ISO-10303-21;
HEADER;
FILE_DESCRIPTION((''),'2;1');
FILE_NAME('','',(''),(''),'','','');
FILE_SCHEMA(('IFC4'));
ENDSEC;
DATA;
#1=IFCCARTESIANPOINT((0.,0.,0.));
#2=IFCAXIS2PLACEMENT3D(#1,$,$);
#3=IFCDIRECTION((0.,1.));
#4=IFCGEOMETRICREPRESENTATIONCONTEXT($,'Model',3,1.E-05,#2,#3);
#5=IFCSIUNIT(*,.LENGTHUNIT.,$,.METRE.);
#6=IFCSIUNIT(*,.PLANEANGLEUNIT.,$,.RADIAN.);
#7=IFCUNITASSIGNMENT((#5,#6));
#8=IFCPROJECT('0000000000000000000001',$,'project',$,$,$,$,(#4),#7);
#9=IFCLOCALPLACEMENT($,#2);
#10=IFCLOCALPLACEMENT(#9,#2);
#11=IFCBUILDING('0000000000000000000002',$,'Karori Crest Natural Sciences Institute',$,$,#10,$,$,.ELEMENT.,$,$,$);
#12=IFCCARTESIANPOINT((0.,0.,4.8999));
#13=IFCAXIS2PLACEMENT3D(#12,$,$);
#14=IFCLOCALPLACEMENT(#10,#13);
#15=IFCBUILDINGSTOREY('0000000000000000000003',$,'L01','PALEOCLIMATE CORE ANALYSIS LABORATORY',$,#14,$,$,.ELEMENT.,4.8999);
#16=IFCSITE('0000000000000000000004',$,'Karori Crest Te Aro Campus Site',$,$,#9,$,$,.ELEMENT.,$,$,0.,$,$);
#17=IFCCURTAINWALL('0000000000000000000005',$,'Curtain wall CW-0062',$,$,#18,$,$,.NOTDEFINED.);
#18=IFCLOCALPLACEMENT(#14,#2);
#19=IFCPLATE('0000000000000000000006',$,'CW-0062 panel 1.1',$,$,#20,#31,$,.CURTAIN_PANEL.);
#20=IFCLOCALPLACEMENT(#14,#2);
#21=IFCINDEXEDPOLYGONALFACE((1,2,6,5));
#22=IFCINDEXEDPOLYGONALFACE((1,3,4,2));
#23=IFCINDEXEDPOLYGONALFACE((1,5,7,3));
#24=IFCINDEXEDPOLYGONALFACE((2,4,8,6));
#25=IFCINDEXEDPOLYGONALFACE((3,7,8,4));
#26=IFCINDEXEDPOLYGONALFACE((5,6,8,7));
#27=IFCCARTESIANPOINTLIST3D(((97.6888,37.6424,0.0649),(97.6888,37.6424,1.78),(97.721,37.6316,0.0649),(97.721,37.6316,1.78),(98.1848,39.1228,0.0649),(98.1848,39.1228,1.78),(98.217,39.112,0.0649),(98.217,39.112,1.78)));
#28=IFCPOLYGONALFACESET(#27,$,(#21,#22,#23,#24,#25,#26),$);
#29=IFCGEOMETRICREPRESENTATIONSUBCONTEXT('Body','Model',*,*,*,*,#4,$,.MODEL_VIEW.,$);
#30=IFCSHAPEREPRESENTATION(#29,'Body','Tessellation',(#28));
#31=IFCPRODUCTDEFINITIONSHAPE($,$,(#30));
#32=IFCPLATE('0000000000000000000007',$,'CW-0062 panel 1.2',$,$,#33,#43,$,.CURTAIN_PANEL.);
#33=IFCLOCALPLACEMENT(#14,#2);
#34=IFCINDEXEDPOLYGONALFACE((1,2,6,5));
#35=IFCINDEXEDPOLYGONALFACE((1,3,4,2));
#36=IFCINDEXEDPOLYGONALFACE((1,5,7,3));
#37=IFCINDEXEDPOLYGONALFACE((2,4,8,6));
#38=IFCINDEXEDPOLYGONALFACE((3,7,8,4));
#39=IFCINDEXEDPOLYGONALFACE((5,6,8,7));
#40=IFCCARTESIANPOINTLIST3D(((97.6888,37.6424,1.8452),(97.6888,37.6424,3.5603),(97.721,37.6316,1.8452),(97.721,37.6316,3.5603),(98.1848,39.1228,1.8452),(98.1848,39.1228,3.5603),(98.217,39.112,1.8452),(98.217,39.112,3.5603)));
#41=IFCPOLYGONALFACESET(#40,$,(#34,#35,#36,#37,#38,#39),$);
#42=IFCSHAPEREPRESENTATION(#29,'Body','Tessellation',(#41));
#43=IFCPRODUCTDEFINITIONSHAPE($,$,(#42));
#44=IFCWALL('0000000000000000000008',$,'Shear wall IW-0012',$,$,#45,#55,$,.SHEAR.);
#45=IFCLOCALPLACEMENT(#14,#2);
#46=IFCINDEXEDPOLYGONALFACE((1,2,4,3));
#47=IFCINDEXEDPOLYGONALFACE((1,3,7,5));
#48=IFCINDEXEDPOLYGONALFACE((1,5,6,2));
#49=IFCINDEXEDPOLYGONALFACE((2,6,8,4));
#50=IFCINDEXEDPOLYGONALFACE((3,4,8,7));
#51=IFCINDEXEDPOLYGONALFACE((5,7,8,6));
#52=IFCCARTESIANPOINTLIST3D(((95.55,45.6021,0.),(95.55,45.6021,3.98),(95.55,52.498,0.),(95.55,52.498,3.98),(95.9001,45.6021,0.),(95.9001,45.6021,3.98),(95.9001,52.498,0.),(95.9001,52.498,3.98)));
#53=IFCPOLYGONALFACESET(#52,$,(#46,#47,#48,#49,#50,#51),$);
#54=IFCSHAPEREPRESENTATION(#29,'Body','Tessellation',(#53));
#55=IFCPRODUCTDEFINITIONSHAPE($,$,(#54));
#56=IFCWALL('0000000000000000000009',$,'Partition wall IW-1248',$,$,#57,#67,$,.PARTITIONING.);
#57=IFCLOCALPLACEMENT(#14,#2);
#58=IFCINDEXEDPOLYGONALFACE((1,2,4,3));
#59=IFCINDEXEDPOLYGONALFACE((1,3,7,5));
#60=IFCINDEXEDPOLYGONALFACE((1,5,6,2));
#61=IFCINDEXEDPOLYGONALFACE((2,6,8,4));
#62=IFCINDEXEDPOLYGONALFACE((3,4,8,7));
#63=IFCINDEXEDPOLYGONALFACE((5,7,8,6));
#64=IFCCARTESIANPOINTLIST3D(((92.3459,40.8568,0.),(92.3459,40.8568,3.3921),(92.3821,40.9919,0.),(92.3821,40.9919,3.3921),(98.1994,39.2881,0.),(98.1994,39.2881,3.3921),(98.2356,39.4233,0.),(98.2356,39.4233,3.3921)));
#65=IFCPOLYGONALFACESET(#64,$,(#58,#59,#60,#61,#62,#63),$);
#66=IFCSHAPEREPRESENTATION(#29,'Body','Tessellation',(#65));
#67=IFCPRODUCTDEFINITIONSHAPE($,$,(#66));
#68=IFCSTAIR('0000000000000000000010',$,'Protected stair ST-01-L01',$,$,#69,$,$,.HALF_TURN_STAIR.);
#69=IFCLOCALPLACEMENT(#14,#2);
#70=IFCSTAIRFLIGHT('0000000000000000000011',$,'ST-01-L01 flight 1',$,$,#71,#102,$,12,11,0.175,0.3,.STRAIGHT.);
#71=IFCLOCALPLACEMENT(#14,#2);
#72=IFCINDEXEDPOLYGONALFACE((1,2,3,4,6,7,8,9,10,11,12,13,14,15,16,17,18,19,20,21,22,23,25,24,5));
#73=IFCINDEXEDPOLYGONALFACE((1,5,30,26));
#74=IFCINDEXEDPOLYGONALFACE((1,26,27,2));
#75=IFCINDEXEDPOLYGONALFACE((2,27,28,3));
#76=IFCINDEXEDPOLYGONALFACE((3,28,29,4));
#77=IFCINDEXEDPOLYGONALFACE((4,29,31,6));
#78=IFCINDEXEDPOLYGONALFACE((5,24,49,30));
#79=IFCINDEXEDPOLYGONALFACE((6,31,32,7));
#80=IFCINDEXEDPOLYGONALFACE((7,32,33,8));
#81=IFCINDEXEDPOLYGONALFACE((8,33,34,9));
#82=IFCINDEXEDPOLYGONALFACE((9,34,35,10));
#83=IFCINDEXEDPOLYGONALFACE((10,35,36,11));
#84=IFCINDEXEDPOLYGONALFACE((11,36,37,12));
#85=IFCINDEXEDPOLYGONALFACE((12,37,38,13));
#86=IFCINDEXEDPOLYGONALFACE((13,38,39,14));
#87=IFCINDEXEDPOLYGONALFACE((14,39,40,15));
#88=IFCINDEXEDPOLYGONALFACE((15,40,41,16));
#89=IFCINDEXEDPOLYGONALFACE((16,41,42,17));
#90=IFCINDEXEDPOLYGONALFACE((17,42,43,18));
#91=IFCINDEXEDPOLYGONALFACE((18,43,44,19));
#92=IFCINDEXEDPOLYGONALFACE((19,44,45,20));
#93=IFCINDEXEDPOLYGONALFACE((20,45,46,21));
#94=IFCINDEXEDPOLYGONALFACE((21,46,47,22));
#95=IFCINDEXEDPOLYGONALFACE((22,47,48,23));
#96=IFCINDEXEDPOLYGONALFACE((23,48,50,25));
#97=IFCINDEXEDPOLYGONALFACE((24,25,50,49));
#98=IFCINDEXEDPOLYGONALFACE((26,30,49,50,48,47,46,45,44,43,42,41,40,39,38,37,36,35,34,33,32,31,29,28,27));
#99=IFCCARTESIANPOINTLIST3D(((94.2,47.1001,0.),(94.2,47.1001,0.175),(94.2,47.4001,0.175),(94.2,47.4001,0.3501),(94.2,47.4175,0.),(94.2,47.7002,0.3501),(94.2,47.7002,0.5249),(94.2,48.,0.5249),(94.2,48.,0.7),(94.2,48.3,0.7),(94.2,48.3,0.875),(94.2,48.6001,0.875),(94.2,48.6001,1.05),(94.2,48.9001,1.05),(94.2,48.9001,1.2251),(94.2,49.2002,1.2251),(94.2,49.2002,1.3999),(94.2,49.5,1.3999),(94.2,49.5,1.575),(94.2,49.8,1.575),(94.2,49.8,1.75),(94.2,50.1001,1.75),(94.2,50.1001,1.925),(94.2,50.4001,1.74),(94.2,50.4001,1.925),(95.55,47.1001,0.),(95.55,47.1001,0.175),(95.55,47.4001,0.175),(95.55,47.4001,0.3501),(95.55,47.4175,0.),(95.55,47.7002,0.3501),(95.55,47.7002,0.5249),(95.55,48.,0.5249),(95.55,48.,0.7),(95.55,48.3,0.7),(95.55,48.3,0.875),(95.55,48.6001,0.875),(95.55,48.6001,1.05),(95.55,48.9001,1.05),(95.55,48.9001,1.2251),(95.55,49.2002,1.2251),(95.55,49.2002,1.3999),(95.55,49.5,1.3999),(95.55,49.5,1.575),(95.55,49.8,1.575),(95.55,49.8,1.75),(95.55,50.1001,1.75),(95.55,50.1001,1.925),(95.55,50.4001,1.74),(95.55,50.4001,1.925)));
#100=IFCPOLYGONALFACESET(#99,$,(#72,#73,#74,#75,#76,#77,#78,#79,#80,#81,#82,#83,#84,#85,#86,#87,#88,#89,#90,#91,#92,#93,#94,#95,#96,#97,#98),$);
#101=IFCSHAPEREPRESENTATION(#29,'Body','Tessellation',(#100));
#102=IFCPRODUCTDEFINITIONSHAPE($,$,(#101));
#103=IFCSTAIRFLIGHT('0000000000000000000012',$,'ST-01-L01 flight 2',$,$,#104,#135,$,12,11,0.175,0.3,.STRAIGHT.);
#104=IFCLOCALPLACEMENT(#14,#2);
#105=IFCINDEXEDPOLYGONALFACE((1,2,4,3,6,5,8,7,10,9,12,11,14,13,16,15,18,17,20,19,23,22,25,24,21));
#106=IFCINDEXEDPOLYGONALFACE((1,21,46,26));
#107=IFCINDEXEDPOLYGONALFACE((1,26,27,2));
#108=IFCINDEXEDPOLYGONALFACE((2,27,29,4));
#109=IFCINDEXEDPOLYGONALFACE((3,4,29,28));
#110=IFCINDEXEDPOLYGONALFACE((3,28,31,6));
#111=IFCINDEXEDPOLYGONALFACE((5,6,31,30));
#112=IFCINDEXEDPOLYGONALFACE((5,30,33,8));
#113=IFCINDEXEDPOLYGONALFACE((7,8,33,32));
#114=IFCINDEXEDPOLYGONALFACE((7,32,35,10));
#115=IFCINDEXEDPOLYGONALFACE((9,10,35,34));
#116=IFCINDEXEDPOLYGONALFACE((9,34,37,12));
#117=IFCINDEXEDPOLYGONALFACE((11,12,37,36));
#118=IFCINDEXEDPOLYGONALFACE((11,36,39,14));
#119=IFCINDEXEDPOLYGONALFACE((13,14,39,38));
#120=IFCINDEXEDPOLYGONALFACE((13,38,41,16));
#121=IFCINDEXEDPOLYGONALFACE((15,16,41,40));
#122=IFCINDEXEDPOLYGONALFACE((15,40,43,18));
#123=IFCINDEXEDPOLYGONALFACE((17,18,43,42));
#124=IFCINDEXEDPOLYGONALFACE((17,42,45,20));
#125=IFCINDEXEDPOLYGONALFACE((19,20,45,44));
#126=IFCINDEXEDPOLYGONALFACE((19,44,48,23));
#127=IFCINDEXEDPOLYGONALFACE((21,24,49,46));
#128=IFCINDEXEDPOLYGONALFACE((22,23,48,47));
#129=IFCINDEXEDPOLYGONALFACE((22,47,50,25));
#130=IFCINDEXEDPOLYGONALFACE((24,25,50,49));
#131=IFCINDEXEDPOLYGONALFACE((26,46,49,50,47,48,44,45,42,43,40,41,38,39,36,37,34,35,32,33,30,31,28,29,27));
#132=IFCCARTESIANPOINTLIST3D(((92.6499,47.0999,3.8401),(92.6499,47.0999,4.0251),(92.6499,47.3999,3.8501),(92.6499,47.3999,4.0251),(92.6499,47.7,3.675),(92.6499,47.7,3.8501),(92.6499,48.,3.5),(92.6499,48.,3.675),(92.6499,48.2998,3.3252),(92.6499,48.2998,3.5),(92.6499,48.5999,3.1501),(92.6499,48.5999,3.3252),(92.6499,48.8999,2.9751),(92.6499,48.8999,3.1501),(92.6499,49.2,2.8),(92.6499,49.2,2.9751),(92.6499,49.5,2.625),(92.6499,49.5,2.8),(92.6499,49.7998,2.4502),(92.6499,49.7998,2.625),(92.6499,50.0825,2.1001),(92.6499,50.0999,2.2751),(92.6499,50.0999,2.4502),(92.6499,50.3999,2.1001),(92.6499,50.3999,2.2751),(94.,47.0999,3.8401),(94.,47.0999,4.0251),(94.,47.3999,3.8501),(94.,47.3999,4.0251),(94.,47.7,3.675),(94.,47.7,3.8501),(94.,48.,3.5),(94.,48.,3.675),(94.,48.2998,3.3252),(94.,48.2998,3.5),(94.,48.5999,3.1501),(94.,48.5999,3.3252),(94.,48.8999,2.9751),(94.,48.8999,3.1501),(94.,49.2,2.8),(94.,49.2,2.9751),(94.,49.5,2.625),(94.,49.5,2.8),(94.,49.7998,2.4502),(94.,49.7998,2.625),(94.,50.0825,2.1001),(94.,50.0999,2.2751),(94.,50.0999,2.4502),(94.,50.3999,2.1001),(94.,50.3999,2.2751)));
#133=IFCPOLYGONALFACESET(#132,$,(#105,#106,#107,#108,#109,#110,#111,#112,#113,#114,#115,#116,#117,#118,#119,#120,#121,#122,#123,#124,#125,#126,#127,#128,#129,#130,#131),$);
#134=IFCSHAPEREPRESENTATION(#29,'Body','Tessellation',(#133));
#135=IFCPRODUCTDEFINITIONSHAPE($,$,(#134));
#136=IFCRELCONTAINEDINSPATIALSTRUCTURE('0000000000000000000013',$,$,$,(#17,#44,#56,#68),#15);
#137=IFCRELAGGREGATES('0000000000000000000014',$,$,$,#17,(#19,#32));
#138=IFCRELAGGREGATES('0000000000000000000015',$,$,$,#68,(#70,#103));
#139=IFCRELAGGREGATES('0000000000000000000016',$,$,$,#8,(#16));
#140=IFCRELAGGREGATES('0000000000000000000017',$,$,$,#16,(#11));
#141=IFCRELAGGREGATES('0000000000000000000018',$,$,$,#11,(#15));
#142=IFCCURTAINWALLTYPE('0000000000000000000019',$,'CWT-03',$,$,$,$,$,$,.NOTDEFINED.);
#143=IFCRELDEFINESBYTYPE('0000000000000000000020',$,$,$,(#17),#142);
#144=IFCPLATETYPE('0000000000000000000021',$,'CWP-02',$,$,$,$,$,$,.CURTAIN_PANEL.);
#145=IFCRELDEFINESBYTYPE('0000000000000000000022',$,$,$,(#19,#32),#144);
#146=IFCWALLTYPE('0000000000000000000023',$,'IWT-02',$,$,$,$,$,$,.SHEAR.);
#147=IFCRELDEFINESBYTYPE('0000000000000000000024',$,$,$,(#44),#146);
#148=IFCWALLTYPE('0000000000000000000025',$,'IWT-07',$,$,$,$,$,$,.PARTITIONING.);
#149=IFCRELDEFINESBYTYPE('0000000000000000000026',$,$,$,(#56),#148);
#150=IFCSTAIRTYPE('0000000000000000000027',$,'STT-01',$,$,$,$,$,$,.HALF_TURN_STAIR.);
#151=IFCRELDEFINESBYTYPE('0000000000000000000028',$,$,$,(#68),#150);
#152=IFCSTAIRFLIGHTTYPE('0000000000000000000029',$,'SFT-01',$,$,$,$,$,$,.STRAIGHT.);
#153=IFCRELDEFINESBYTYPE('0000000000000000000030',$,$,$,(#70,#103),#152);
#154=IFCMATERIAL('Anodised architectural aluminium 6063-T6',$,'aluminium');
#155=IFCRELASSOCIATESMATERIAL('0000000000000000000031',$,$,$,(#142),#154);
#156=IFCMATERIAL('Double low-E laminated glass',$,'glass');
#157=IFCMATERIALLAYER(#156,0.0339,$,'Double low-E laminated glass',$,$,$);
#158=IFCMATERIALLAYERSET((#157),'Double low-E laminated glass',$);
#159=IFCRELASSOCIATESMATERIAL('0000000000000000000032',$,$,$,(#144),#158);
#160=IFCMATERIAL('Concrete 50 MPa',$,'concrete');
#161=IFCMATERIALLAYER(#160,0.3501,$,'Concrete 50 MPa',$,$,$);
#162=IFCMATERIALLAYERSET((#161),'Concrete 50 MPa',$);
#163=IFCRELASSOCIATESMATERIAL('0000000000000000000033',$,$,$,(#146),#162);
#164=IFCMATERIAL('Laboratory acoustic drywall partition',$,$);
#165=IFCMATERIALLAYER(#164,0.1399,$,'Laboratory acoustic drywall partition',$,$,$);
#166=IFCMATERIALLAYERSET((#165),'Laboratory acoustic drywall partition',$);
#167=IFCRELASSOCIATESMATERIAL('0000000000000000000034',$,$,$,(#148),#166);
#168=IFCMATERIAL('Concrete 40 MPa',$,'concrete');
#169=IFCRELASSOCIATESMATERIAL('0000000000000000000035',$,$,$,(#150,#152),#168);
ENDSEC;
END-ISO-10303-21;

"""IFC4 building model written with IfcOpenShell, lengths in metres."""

from ifc_helpers import new_model, si_unit, direction, frame, frame_2d, origin, origin_2d, place, context, subcontext, project, spatial, polyline, rectangle, outline, extrude, material, layer, layer_set, type_object, element, aggregate, save


model = new_model("IFC4")

# Units and contexts
model_context = context("Model", 3, precision=1e-05, world=origin(), true_north=direction((0.0, 1.0)))
body_context = subcontext(model_context, "Body", "Model", "MODEL_VIEW")
ifc_project = project(units=[si_unit("LENGTHUNIT", "METRE"), si_unit("PLANEANGLEUNIT", "RADIAN")], contexts=[model_context])

# Site, building, storey
site_placement = place(None, origin())
site = spatial("IfcSite", under=ifc_project, at=site_placement, Name="Karori Crest Te Aro Campus Site", CompositionType="ELEMENT", RefElevation=0.0)
building_placement = place(site_placement, origin())
building = spatial("IfcBuilding", under=site, at=building_placement, Name="Karori Crest Natural Sciences Institute", CompositionType="ELEMENT")
storey_placement = place(building_placement, frame((0.0, 0.0, 4.8999)))
storey = spatial("IfcBuildingStorey", under=building, at=storey_placement, Name="L01", Description="PALEOCLIMATE CORE ANALYSIS LABORATORY", CompositionType="ELEMENT", Elevation=4.8999)

# Curtain wall
ifc_material_1 = material(Name="Anodised architectural aluminium 6063-T6", Category="aluminium")
curtain_wall_type_1 = type_object("IfcCurtainWallType", Name="CWT-03", PredefinedType="NOTDEFINED", material=ifc_material_1)
curtain_wall_1_placement = place(storey_placement, origin())
curtain_wall_1 = element("IfcCurtainWall", 1, at=curtain_wall_1_placement, inside=storey, type_object=curtain_wall_type_1, Name="Curtain wall CW-0062", PredefinedType="NOTDEFINED")

# Plates
ifc_material_2 = material(Name="Double low-E laminated glass", Category="glass")
ifc_layer_1 = layer(ifc_material_2, 0.0339, Name="Double low-E laminated glass")
ifc_layer_set_1 = layer_set([ifc_layer_1], Name="Double low-E laminated glass")
plate_type = type_object("IfcPlateType", Name="CWP-02", PredefinedType="CURTAIN_PANEL", material=ifc_layer_set_1)
plate_1_placement = place(storey_placement, frame((97.9529, 38.3772, 0.0649), z_axis=(0.0, 0.0, 1.0), x_axis=(-0.317685, -0.948196, 0.0)))
plate_1 = element("IfcPlate", 2, at=plate_1_placement, type_object=plate_type, Name="CW-0062 panel 1.1", PredefinedType="CURTAIN_PANEL", context=body_context, shape_type="SweptSolid", body=[
    extrude(rectangle(XDim=1.5613, YDim=0.0339, at=origin_2d()), origin(), (0.0, 0.0, 1.0), 1.7151),
])
plate_2_placement = place(storey_placement, frame((97.9529, 38.3772, 1.8452), z_axis=(0.0, 0.0, 1.0), x_axis=(-0.317685, -0.948196, 0.0)))
plate_2 = element("IfcPlate", 3, at=plate_2_placement, type_object=plate_type, Name="CW-0062 panel 1.2", PredefinedType="CURTAIN_PANEL", context=body_context, shape_type="SweptSolid", body=[
    extrude(rectangle(XDim=1.5613, YDim=0.0339, at=origin_2d()), origin(), (0.0, 0.0, 1.0), 1.7151),
])
aggregate(curtain_wall_1, [plate_1, plate_2])

# Shared definitions
ifc_material_3 = material(Name="Concrete 50 MPa", Category="concrete")
ifc_layer_2 = layer(ifc_material_3, 0.3501, Name="Concrete 50 MPa")
ifc_layer_set_2 = layer_set([ifc_layer_2], Name="Concrete 50 MPa")
wall_type_1 = type_object("IfcWallType", Name="IWT-02", PredefinedType="SHEAR", material=ifc_layer_set_2)

# Walls
wall_1_placement = place(storey_placement, frame((95.7251, 45.6021, 0.0), z_axis=(0.0, 0.0, 1.0), x_axis=(0.0, 1.0, 0.0)))
element("IfcWall", 4, at=wall_1_placement, inside=storey, type_object=wall_type_1, Name="Shear wall IW-0012", PredefinedType="SHEAR", context=body_context, shape_type="SweptSolid", body=[
    extrude(rectangle(XDim=6.896, YDim=0.3501, at=frame_2d((3.448, 0.0))), origin(), (0.0, 0.0, 1.0), 3.98),
])
ifc_material_4 = material(Name="Laboratory acoustic drywall partition")
ifc_layer_3 = layer(ifc_material_4, 0.1399, Name="Laboratory acoustic drywall partition")
ifc_layer_set_3 = layer_set([ifc_layer_3], Name="Laboratory acoustic drywall partition")
wall_type_2 = type_object("IfcWallType", Name="IWT-07", PredefinedType="PARTITIONING", material=ifc_layer_set_3)
wall_2_placement = place(storey_placement, frame((92.364, 40.9243, 0.0), z_axis=(0.0, 0.0, 1.0), x_axis=(0.965919, -0.258843, 0.0)))
element("IfcWall", 5, at=wall_2_placement, inside=storey, type_object=wall_type_2, Name="Partition wall IW-1248", PredefinedType="PARTITIONING", context=body_context, shape_type="SweptSolid", body=[
    extrude(rectangle(XDim=6.0601, YDim=0.1399, at=frame_2d((3.03, 0.0))), origin(), (0.0, 0.0, 1.0), 3.3921),
])

# Stair, stair flights
ifc_material_5 = material(Name="Concrete 40 MPa", Category="concrete")
stair_type = type_object("IfcStairType", Name="STT-01", PredefinedType="HALF_TURN_STAIR", material=ifc_material_5)
stair_placement = place(storey_placement, origin())
stair = element("IfcStair", 6, at=stair_placement, inside=storey, type_object=stair_type, Name="Protected stair ST-01-L01", PredefinedType="HALF_TURN_STAIR")
stair_flight_type = type_object("IfcStairFlightType", Name="SFT-01", PredefinedType="STRAIGHT", material=ifc_material_5)
stair_flight_1_placement = place(storey_placement, frame((94.875, 47.1001, 0.0), z_axis=(0.0, 0.0, 1.0), x_axis=(0.0, 1.0, 0.0)))
stair_flight_1 = element("IfcStairFlight", 7, at=stair_flight_1_placement, type_object=stair_flight_type, Name="ST-01-L01 flight 1", NumberOfRisers=12, NumberOfTreads=11, PredefinedType="STRAIGHT", RiserHeight=0.175, TreadLength=0.3, context=body_context, shape_type="SweptSolid", body=[
    extrude(outline(polyline([(0.0, 0.0), (0.0, 0.175), (0.3, 0.175), (0.3, 0.3501), (0.6001, 0.3501), (0.6001, 0.5249), (0.8999, 0.5249), (0.8999, 0.7), (1.2, 0.7), (1.2, 0.875), (1.5, 0.875), (1.5, 1.05), (1.8, 1.05), (1.8, 1.2251), (2.1001, 1.2251), (2.1001, 1.3999), (2.3999, 1.3999), (2.3999, 1.575), (2.7, 1.575), (2.7, 1.75), (3.0, 1.75), (3.0, 1.925), (3.3, 1.925), (3.3, 2.1001), (3.3, 1.74), (0.3174, 0.0), (0.0, 0.0)])), frame((0.0, 0.675, 0.0), z_axis=(0.0, -1.0, 0.0), x_axis=(1.0, 0.0, 0.0)), (0.0, 0.0, 1.0), 1.3501),
])
stair_flight_2_placement = place(storey_placement, frame((93.325, 50.3999, 2.1001), z_axis=(0.0, 0.0, 1.0), x_axis=(0.0, -1.0, 0.0)))
stair_flight_2 = element("IfcStairFlight", 8, at=stair_flight_2_placement, type_object=stair_flight_type, Name="ST-01-L01 flight 2", NumberOfRisers=12, NumberOfTreads=11, PredefinedType="STRAIGHT", RiserHeight=0.175, TreadLength=0.3, context=body_context, shape_type="SweptSolid", body=[
    extrude(outline(polyline([(0.0, 0.0), (0.0, 0.175), (0.3, 0.175), (0.3, 0.3501), (0.6001, 0.3501), (0.6001, 0.5249), (0.8999, 0.5249), (0.8999, 0.7), (1.2, 0.7), (1.2, 0.875), (1.5, 0.875), (1.5, 1.05), (1.8, 1.05), (1.8, 1.2251), (2.1001, 1.2251), (2.1001, 1.3999), (2.3999, 1.3999), (2.3999, 1.575), (2.7, 1.575), (2.7, 1.75), (3.0, 1.75), (3.0, 1.925), (3.3, 1.925), (3.3, 2.1001), (3.3, 1.74), (0.3174, 0.0), (0.0, 0.0)])), frame((0.0, 0.675, 0.0), z_axis=(0.0, -1.0, 0.0), x_axis=(1.0, 0.0, 0.0)), (0.0, 0.0, 1.0), 1.3501),
])
aggregate(stair, [stair_flight_1, stair_flight_2])

save(model, "model.ifc")
